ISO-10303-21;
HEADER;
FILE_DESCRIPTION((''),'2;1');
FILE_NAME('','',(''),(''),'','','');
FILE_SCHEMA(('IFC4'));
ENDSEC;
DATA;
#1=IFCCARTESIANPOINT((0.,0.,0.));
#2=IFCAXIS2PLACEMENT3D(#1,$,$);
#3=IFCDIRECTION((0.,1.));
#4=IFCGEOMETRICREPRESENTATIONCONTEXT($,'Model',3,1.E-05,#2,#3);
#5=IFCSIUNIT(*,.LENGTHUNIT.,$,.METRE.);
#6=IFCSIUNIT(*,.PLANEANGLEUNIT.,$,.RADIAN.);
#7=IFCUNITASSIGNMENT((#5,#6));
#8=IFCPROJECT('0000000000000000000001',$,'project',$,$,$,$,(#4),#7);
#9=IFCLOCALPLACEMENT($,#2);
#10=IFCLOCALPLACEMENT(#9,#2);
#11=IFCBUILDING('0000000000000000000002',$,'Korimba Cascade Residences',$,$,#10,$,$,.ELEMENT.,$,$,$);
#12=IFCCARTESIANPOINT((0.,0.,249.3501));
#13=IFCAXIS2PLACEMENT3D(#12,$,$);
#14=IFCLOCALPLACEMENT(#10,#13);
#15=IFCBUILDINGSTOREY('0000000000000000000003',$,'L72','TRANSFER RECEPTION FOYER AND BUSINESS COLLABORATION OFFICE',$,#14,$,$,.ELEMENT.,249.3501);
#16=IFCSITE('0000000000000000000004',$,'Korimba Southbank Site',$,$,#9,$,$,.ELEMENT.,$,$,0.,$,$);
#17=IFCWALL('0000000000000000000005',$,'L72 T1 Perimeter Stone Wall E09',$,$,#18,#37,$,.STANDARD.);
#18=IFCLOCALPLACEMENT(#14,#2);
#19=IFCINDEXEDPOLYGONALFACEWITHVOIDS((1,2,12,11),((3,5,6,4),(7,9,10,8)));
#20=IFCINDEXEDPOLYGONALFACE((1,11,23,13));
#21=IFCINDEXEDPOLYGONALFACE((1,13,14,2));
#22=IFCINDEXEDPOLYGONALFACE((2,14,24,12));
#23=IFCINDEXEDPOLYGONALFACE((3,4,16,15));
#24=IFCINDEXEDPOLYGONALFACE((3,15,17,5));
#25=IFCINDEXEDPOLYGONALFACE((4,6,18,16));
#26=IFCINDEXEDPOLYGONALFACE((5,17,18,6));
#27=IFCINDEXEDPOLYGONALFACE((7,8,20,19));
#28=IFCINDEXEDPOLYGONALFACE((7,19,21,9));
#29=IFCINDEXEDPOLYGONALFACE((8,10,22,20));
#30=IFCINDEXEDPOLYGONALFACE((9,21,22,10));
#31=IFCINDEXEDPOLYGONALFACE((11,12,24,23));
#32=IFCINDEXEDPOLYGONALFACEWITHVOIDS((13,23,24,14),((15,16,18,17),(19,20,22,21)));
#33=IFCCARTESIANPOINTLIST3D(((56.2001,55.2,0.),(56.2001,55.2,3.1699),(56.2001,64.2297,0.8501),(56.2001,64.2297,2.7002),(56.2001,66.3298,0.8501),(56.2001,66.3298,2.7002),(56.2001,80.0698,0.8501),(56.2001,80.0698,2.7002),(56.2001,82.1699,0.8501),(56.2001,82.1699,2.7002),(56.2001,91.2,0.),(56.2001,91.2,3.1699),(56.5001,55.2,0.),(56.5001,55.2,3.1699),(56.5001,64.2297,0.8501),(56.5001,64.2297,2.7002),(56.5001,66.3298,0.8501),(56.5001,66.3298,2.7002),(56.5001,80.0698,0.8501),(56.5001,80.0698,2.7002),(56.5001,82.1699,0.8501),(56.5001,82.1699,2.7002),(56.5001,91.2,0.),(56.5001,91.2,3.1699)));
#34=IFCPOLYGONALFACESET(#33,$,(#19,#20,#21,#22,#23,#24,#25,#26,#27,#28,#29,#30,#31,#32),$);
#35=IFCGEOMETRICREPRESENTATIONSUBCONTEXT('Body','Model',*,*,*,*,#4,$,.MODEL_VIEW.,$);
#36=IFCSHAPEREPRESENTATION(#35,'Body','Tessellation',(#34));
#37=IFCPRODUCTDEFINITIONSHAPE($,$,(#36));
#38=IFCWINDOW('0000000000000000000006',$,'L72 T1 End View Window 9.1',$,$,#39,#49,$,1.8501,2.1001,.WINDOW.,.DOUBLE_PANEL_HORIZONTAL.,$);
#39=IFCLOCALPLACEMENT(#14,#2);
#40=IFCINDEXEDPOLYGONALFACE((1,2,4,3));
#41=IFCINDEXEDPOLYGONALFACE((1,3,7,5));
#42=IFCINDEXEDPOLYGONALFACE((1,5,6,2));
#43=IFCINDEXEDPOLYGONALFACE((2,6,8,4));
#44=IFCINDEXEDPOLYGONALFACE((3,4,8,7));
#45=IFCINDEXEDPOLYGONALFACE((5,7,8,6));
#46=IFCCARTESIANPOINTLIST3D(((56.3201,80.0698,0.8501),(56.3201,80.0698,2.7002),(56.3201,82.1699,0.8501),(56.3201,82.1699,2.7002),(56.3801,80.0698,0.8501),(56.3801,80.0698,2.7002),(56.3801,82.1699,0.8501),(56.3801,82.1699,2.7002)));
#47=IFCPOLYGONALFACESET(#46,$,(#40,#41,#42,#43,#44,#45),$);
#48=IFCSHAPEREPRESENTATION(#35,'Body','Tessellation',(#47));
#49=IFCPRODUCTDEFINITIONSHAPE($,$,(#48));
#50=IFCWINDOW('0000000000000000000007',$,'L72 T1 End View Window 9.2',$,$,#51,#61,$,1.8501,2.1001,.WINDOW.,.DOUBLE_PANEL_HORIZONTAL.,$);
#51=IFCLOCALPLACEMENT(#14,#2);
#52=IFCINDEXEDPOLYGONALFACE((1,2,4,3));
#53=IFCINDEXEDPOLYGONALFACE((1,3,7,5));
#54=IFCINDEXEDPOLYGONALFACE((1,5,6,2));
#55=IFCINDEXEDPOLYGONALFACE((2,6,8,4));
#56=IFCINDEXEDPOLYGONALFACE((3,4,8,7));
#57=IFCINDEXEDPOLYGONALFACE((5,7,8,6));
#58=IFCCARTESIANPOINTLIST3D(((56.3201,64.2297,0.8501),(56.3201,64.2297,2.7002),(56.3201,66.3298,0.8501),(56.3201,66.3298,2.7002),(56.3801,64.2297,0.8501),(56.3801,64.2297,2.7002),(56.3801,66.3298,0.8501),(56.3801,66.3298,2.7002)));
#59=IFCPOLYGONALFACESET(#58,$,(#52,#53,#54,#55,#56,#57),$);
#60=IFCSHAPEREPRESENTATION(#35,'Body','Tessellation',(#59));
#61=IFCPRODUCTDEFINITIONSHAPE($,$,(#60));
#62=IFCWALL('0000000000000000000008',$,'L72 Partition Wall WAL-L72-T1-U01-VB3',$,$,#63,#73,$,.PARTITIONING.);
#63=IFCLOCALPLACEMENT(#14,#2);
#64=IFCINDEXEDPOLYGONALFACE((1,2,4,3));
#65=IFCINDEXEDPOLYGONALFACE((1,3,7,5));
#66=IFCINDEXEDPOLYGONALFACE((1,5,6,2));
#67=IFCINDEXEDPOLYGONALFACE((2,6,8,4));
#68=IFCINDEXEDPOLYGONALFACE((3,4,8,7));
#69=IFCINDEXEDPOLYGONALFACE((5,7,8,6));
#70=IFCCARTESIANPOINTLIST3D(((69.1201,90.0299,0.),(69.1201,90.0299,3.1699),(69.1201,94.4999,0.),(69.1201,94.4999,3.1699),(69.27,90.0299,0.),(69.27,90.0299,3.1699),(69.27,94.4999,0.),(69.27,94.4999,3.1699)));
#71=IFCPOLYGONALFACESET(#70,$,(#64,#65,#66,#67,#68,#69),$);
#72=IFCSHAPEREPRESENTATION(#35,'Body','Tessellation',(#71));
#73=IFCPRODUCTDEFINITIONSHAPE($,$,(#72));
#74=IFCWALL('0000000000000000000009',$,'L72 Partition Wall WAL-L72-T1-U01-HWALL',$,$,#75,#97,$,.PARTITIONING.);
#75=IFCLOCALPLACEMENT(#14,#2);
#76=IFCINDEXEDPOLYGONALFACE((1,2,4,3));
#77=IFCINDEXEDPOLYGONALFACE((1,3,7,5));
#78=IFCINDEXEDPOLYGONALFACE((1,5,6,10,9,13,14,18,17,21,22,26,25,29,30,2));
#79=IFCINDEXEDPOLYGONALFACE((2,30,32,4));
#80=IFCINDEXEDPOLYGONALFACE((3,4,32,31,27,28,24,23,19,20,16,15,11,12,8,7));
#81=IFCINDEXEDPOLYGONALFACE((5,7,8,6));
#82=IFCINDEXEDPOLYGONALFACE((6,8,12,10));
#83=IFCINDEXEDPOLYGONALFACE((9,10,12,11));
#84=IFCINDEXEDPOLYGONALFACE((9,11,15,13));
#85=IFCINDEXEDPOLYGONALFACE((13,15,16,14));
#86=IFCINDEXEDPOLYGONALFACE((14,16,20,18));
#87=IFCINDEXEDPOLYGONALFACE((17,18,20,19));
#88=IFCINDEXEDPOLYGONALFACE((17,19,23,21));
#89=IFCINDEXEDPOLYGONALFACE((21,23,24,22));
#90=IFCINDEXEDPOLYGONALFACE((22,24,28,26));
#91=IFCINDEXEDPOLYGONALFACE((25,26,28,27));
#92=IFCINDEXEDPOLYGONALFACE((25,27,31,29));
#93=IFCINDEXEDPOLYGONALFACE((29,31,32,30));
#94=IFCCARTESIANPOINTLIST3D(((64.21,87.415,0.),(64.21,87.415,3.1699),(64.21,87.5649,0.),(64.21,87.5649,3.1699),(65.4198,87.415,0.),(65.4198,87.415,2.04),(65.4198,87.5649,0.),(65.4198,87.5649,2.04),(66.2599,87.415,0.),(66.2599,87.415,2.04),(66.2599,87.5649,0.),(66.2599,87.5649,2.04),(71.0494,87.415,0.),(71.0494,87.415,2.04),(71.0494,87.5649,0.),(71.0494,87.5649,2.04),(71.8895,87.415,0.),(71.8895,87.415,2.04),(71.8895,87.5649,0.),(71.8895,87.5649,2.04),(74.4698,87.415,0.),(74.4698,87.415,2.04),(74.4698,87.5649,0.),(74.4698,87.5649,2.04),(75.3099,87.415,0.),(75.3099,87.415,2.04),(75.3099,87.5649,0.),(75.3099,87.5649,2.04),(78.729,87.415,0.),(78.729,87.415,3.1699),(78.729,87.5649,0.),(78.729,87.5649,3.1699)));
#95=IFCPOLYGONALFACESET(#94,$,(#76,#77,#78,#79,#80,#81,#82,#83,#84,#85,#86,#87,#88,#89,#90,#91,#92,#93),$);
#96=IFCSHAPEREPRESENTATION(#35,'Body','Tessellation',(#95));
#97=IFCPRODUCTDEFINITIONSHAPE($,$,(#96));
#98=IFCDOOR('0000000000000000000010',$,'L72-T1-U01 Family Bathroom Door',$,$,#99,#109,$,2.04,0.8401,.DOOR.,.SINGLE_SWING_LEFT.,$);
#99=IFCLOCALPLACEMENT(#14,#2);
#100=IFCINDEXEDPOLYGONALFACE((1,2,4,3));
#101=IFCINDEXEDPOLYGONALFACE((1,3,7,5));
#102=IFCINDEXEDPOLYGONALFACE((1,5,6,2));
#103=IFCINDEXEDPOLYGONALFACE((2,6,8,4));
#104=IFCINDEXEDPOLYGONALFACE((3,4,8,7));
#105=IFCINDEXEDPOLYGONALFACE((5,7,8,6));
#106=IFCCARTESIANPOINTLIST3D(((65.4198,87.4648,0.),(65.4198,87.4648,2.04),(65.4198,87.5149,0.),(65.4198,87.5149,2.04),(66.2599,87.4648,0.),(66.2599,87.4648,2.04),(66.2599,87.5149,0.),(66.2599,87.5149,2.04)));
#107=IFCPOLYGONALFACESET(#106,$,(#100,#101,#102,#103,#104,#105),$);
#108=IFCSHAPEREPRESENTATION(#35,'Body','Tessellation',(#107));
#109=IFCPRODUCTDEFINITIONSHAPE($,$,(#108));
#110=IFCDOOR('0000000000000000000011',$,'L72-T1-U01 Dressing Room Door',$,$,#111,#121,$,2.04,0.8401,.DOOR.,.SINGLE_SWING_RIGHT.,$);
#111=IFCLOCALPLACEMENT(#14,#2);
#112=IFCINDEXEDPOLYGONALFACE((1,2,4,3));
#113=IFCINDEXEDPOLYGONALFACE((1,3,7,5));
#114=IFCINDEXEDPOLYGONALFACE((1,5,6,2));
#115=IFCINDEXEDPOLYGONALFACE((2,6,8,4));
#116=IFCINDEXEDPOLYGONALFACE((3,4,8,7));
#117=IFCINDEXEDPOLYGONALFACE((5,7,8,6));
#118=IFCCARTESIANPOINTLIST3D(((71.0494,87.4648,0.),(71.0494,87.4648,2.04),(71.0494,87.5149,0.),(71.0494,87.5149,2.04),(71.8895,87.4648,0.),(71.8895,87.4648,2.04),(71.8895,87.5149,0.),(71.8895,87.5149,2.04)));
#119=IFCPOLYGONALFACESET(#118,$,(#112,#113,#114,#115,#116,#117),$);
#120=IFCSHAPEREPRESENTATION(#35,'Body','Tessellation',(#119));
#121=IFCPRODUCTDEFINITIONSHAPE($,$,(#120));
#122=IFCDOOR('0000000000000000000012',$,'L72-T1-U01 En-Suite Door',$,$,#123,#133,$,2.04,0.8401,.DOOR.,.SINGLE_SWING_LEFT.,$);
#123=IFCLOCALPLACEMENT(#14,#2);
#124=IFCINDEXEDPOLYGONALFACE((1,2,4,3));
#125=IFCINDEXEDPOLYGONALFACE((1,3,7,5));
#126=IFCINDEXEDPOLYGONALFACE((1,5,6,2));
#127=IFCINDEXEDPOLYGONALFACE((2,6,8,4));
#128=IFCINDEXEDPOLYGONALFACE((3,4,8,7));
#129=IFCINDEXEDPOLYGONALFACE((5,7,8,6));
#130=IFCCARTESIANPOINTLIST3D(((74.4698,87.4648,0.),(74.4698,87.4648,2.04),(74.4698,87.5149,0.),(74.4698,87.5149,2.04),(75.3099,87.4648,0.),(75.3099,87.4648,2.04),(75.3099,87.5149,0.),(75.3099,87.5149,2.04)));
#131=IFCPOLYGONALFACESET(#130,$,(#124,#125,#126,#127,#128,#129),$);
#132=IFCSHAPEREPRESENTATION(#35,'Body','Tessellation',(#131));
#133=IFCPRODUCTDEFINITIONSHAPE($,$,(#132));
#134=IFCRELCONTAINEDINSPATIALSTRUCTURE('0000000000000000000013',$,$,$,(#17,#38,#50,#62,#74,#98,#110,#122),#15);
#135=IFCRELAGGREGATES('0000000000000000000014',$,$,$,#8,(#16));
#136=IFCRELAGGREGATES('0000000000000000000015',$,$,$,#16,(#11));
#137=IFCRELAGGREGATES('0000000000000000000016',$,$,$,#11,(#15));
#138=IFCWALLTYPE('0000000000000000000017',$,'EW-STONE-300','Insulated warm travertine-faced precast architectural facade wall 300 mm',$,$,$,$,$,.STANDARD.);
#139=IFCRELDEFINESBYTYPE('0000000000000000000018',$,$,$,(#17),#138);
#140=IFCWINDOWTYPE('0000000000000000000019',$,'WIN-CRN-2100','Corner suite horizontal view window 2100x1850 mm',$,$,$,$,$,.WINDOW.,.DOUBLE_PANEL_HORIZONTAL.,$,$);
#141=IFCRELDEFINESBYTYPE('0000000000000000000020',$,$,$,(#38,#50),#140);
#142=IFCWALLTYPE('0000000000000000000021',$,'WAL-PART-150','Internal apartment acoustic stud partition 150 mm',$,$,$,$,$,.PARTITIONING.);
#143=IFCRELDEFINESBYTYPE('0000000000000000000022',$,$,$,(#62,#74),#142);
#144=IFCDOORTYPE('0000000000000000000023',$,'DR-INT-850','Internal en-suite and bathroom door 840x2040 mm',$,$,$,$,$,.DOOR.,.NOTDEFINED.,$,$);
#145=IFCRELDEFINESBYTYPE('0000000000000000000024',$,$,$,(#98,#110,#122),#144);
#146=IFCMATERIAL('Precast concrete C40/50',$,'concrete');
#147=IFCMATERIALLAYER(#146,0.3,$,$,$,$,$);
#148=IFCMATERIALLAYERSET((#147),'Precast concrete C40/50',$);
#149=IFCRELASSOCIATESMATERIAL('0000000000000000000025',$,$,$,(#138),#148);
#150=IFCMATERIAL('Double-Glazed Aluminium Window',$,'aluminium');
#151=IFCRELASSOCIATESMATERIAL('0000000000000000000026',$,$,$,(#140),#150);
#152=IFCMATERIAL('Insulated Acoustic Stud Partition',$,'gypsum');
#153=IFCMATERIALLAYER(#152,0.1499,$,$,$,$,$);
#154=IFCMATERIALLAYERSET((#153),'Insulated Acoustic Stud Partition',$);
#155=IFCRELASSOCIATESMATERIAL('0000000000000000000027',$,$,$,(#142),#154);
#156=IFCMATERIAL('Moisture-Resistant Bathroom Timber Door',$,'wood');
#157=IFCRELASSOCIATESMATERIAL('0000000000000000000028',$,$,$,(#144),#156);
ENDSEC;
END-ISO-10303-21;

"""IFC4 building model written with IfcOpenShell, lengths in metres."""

from ifc_helpers import new_model, si_unit, direction, frame, frame_2d, origin, place, context, subcontext, project, spatial, rectangle, extrude, material, layer, layer_set, type_object, element, fill, save


model = new_model("IFC4")

# Units and contexts
model_context = context("Model", 3, precision=1e-05, world=origin(), true_north=direction((0.0, 1.0)))
body_context = subcontext(model_context, "Body", "Model", "MODEL_VIEW")
ifc_project = project(units=[si_unit("LENGTHUNIT", "METRE"), si_unit("PLANEANGLEUNIT", "RADIAN")], contexts=[model_context])

# Site, building, storey
site_placement = place(None, origin())
site = spatial("IfcSite", under=ifc_project, at=site_placement, Name="Korimba Southbank Site", CompositionType="ELEMENT", RefElevation=0.0)
building_placement = place(site_placement, origin())
building = spatial("IfcBuilding", under=site, at=building_placement, Name="Korimba Cascade Residences", CompositionType="ELEMENT")
storey_placement = place(building_placement, frame((0.0, 0.0, 249.3501)))
storey = spatial("IfcBuildingStorey", under=building, at=storey_placement, Name="L72", Description="TRANSFER RECEPTION FOYER AND BUSINESS COLLABORATION OFFICE", CompositionType="ELEMENT", Elevation=249.3501)

# Shared definitions
ifc_material_1 = material(Name="Precast concrete C40/50", Category="concrete")
ifc_layer_1 = layer(ifc_material_1, 0.3)
ifc_layer_set_1 = layer_set([ifc_layer_1], Name="Precast concrete C40/50")
wall_type_1 = type_object("IfcWallType", Name="EW-STONE-300", Description="Insulated warm travertine-faced precast architectural facade wall 300 mm", PredefinedType="STANDARD", material=ifc_layer_set_1)

# Wall, openings, windows
wall_1_placement = place(storey_placement, frame((56.3501, 91.2, 0.0), z_axis=(0.0, 0.0, 1.0), x_axis=(0.0, -1.0, 0.0)))
wall_1 = element("IfcWall", 1, at=wall_1_placement, inside=storey, type_object=wall_type_1, Name="L72 T1 Perimeter Stone Wall E09", PredefinedType="STANDARD", context=body_context, shape_type="SweptSolid", body=[
    extrude(rectangle(XDim=36.0, YDim=0.3, at=frame_2d((18.0, 0.0))), origin(), (0.0, 0.0, 1.0), 3.1699),
])
opening_1_placement = place(wall_1_placement, frame((9.03, 0.0, 0.8501)))
opening_1 = element("IfcOpeningElement", 2, at=opening_1_placement, cuts=wall_1, PredefinedType="OPENING", context=body_context, shape_type="SweptSolid", body=[
    extrude(rectangle(XDim=2.1001, YDim=1.8501, at=frame_2d((1.05, 0.925))), frame((0.0, 0.1602, 0.0), z_axis=(0.0, -1.0, 0.0), x_axis=(1.0, 0.0, 0.0)), (0.0, 0.0, 1.0), 0.3201),
])
opening_2_placement = place(wall_1_placement, frame((24.8701, 0.0, 0.8501)))
opening_2 = element("IfcOpeningElement", 3, at=opening_2_placement, cuts=wall_1, PredefinedType="OPENING", context=body_context, shape_type="SweptSolid", body=[
    extrude(rectangle(XDim=2.1001, YDim=1.8501, at=frame_2d((1.05, 0.925))), frame((0.0, 0.1602, 0.0), z_axis=(0.0, -1.0, 0.0), x_axis=(1.0, 0.0, 0.0)), (0.0, 0.0, 1.0), 0.3201),
])
ifc_material_2 = material(Name="Double-Glazed Aluminium Window", Category="aluminium")
window_type = type_object("IfcWindowType", Name="WIN-CRN-2100", Description="Corner suite horizontal view window 2100x1850 mm", PartitioningType="DOUBLE_PANEL_HORIZONTAL", PredefinedType="WINDOW", material=ifc_material_2)
window_1_placement = place(opening_1_placement, origin())
window_1 = element("IfcWindow", 4, at=window_1_placement, inside=storey, type_object=window_type, Name="L72 T1 End View Window 9.1", OverallHeight=1.8501, OverallWidth=2.1001, PartitioningType="DOUBLE_PANEL_HORIZONTAL", PredefinedType="WINDOW", context=body_context, shape_type="SweptSolid", body=[
    extrude(rectangle(XDim=2.1001, YDim=1.8501, at=frame_2d((1.05, 0.925))), frame((0.0, 0.03, 0.0), z_axis=(0.0, -1.0, 0.0), x_axis=(1.0, 0.0, 0.0)), (0.0, 0.0, 1.0), 0.0601),
])
fill(opening_1, window_1)
window_2_placement = place(opening_2_placement, origin())
window_2 = element("IfcWindow", 5, at=window_2_placement, inside=storey, type_object=window_type, Name="L72 T1 End View Window 9.2", OverallHeight=1.8501, OverallWidth=2.1001, PartitioningType="DOUBLE_PANEL_HORIZONTAL", PredefinedType="WINDOW", context=body_context, shape_type="SweptSolid", body=[
    extrude(rectangle(XDim=2.1001, YDim=1.8501, at=frame_2d((1.05, 0.925))), frame((0.0, 0.03, 0.0), z_axis=(0.0, -1.0, 0.0), x_axis=(1.0, 0.0, 0.0)), (0.0, 0.0, 1.0), 0.0601),
])
fill(opening_2, window_2)

# Wall
ifc_material_3 = material(Name="Insulated Acoustic Stud Partition", Category="gypsum")
ifc_layer_2 = layer(ifc_material_3, 0.1499)
ifc_layer_set_2 = layer_set([ifc_layer_2], Name="Insulated Acoustic Stud Partition")
wall_type_2 = type_object("IfcWallType", Name="WAL-PART-150", Description="Internal apartment acoustic stud partition 150 mm", PredefinedType="PARTITIONING", material=ifc_layer_set_2)
wall_2_placement = place(storey_placement, frame((69.1951, 90.03, 0.0), z_axis=(0.0, 0.0, 1.0), x_axis=(0.0, 1.0, 0.0)))
element("IfcWall", 6, at=wall_2_placement, inside=storey, type_object=wall_type_2, Name="L72 Partition Wall WAL-L72-T1-U01-VB3", PredefinedType="PARTITIONING", context=body_context, shape_type="SweptSolid", body=[
    extrude(rectangle(XDim=4.47, YDim=0.1499, at=frame_2d((2.2349, 0.0))), origin(), (0.0, 0.0, 1.0), 3.1699),
])

# Wall, openings, doors
wall_3_placement = place(storey_placement, frame((64.21, 87.49, 0.0), z_axis=(0.0, 0.0, 1.0), x_axis=(1.0, 0.0, 0.0)))
wall_3 = element("IfcWall", 7, at=wall_3_placement, inside=storey, type_object=wall_type_2, Name="L72 Partition Wall WAL-L72-T1-U01-HWALL", PredefinedType="PARTITIONING", context=body_context, shape_type="SweptSolid", body=[
    extrude(rectangle(XDim=14.519, YDim=0.1499, at=frame_2d((7.2595, 0.0))), origin(), (0.0, 0.0, 1.0), 3.1699),
])
opening_3_placement = place(wall_3_placement, frame((1.21, 0.0, 0.0)))
opening_3 = element("IfcOpeningElement", 8, at=opening_3_placement, cuts=wall_3, PredefinedType="OPENING", context=body_context, shape_type="SweptSolid", body=[
    extrude(rectangle(XDim=0.8401, YDim=2.04, at=frame_2d((0.4199, 1.02))), frame((0.0, 0.085, 0.0), z_axis=(0.0, -1.0, 0.0), x_axis=(1.0, 0.0, 0.0)), (0.0, 0.0, 1.0), 0.1699),
])
opening_4_placement = place(wall_3_placement, frame((6.8396, 0.0, 0.0)))
opening_4 = element("IfcOpeningElement", 9, at=opening_4_placement, cuts=wall_3, PredefinedType="OPENING", context=body_context, shape_type="SweptSolid", body=[
    extrude(rectangle(XDim=0.8401, YDim=2.04, at=frame_2d((0.4199, 1.02))), frame((0.0, 0.085, 0.0), z_axis=(0.0, -1.0, 0.0), x_axis=(1.0, 0.0, 0.0)), (0.0, 0.0, 1.0), 0.1699),
])
opening_5_placement = place(wall_3_placement, frame((10.26, 0.0, 0.0)))
opening_5 = element("IfcOpeningElement", 10, at=opening_5_placement, cuts=wall_3, PredefinedType="OPENING", context=body_context, shape_type="SweptSolid", body=[
    extrude(rectangle(XDim=0.8401, YDim=2.04, at=frame_2d((0.4199, 1.02))), frame((0.0, 0.085, 0.0), z_axis=(0.0, -1.0, 0.0), x_axis=(1.0, 0.0, 0.0)), (0.0, 0.0, 1.0), 0.1699),
])
ifc_material_4 = material(Name="Moisture-Resistant Bathroom Timber Door", Category="wood")
door_type_1 = type_object("IfcDoorType", Name="DR-INT-850", Description="Internal en-suite and bathroom door 840x2040 mm", OperationType="NOTDEFINED", PredefinedType="DOOR", material=ifc_material_4)
door_1_placement = place(opening_3_placement, origin())
door_1 = element("IfcDoor", 11, at=door_1_placement, inside=storey, type_object=door_type_1, Name="L72-T1-U01 Family Bathroom Door", OperationType="SINGLE_SWING_LEFT", OverallHeight=2.04, OverallWidth=0.8401, PredefinedType="DOOR", context=body_context, shape_type="SweptSolid", body=[
    extrude(rectangle(XDim=0.8401, YDim=2.04, at=frame_2d((0.4199, 1.02))), frame((0.0, 0.0249, 0.0), z_axis=(0.0, -1.0, 0.0), x_axis=(1.0, 0.0, 0.0)), (0.0, 0.0, 1.0), 0.05),
])
fill(opening_3, door_1)
door_2_placement = place(opening_4_placement, origin())
door_2 = element("IfcDoor", 12, at=door_2_placement, inside=storey, type_object=door_type_1, Name="L72-T1-U01 Dressing Room Door", OperationType="SINGLE_SWING_RIGHT", OverallHeight=2.04, OverallWidth=0.8401, PredefinedType="DOOR", context=body_context, shape_type="SweptSolid", body=[
    extrude(rectangle(XDim=0.8401, YDim=2.04, at=frame_2d((0.4199, 1.02))), frame((0.0, 0.0249, 0.0), z_axis=(0.0, -1.0, 0.0), x_axis=(1.0, 0.0, 0.0)), (0.0, 0.0, 1.0), 0.05),
])
fill(opening_4, door_2)
door_3_placement = place(opening_5_placement, origin())
door_3 = element("IfcDoor", 13, at=door_3_placement, inside=storey, type_object=door_type_1, Name="L72-T1-U01 En-Suite Door", OperationType="SINGLE_SWING_LEFT", OverallHeight=2.04, OverallWidth=0.8401, PredefinedType="DOOR", context=body_context, shape_type="SweptSolid", body=[
    extrude(rectangle(XDim=0.8401, YDim=2.04, at=frame_2d((0.4199, 1.02))), frame((0.0, 0.0249, 0.0), z_axis=(0.0, -1.0, 0.0), x_axis=(1.0, 0.0, 0.0)), (0.0, 0.0, 1.0), 0.05),
])
fill(opening_5, door_3)

save(model, "model.ifc")
